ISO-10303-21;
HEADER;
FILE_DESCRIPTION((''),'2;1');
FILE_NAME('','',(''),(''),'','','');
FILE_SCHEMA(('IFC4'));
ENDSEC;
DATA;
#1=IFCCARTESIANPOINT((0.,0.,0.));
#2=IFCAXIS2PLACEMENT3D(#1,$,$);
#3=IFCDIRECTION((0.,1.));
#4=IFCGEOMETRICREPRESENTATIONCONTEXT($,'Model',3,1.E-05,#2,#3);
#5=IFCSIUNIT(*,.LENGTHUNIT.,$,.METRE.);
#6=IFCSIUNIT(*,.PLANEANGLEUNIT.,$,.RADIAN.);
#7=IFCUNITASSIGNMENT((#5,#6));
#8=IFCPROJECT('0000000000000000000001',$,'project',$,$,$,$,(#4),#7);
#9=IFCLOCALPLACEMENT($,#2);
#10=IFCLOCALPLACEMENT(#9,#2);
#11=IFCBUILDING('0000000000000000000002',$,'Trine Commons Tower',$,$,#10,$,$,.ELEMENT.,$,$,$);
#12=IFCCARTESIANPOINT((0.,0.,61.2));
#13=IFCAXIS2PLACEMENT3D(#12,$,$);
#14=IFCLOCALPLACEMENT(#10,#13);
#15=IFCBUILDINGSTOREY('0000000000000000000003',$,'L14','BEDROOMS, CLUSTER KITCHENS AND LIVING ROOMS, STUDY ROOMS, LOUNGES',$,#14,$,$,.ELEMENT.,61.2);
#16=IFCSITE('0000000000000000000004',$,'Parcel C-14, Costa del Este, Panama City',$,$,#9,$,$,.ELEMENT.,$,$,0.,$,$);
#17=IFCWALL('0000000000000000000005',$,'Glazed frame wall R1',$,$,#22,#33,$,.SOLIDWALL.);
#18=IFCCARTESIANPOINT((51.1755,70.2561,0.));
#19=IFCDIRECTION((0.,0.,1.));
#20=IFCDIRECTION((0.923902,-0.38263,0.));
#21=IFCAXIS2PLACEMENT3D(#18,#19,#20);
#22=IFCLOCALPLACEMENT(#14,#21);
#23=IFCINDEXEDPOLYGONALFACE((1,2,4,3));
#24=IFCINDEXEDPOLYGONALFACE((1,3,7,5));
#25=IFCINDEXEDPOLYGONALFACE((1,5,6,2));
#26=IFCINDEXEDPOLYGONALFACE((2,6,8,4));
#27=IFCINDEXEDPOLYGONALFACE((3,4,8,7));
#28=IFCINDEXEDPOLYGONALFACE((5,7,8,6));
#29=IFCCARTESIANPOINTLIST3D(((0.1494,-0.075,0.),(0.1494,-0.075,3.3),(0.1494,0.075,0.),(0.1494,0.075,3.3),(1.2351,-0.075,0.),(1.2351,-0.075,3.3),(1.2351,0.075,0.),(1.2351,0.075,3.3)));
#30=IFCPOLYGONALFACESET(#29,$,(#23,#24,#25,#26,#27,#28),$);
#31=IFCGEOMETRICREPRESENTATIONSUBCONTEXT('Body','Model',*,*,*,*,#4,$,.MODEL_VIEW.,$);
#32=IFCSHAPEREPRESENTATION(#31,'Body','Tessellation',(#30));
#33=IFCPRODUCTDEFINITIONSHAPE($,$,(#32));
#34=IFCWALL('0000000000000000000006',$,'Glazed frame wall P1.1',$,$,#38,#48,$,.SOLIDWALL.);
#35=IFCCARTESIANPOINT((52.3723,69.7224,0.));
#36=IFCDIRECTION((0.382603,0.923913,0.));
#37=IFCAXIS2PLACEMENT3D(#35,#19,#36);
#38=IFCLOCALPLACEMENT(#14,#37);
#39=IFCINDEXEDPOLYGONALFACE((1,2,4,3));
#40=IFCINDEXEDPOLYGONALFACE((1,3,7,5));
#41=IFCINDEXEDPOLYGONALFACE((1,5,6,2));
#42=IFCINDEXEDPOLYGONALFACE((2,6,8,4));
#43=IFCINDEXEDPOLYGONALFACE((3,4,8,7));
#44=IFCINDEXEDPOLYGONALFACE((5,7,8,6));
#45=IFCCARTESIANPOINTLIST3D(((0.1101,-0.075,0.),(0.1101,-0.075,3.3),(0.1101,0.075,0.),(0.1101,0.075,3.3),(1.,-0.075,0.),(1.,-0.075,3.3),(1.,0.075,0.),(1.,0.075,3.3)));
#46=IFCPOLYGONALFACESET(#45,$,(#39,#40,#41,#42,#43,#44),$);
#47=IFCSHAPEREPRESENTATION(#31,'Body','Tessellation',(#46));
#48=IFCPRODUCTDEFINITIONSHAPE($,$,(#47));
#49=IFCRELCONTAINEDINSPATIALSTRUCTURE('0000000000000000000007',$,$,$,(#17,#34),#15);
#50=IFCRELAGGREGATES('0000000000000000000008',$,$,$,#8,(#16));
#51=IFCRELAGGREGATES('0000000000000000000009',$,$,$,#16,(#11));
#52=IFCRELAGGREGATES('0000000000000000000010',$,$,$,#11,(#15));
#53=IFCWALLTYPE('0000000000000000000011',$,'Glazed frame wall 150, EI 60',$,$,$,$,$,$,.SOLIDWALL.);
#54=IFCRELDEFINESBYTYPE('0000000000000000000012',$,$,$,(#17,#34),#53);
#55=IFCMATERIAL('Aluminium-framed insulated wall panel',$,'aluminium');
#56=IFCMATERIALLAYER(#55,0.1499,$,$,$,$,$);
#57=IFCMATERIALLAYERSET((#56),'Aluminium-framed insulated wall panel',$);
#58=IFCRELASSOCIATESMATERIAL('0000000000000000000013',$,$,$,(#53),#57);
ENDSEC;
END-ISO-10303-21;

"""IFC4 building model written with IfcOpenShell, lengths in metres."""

from ifc_helpers import new_model, si_unit, direction, frame, origin, place, context, subcontext, project, spatial, polyline, outline, extrude, material, layer, layer_set, type_object, element, save


model = new_model("IFC4")

# Units and contexts
model_context = context("Model", 3, precision=1e-05, world=origin(), true_north=direction((0.0, 1.0)))
body_context = subcontext(model_context, "Body", "Model", "MODEL_VIEW")
ifc_project = project(units=[si_unit("LENGTHUNIT", "METRE"), si_unit("PLANEANGLEUNIT", "RADIAN")], contexts=[model_context])

# Site, building, storey
site_placement = place(None, origin())
site = spatial("IfcSite", under=ifc_project, at=site_placement, Name="Parcel C-14, Costa del Este, Panama City", CompositionType="ELEMENT", RefElevation=0.0)
building_placement = place(site_placement, origin())
building = spatial("IfcBuilding", under=site, at=building_placement, Name="Trine Commons Tower", CompositionType="ELEMENT")
storey_placement = place(building_placement, frame((0.0, 0.0, 61.2)))
storey = spatial("IfcBuildingStorey", under=building, at=storey_placement, Name="L14", Description="BEDROOMS, CLUSTER KITCHENS AND LIVING ROOMS, STUDY ROOMS, LOUNGES", CompositionType="ELEMENT", Elevation=61.2)

# Walls
ifc_material_1 = material(Name="Aluminium-framed insulated wall panel", Category="aluminium")
ifc_layer_1 = layer(ifc_material_1, 0.1499)
ifc_layer_set_1 = layer_set([ifc_layer_1], Name="Aluminium-framed insulated wall panel")
wall_type_1 = type_object("IfcWallType", Name="Glazed frame wall 150, EI 60", PredefinedType="SOLIDWALL", material=ifc_layer_set_1)
wall_1_placement = place(storey_placement, frame((51.1755, 70.2561, 0.0), z_axis=(0.0, 0.0, 1.0), x_axis=(0.923902, -0.38263, 0.0)))
element("IfcWall", 1, at=wall_1_placement, inside=storey, type_object=wall_type_1, Name="Glazed frame wall R1", PredefinedType="SOLIDWALL", context=body_context, shape_type="SweptSolid", body=[
    extrude(outline(polyline([(0.1494, 0.075), (0.1494, -0.075), (1.2351, -0.075), (1.2351, 0.075), (0.1494, 0.075)])), origin(), (0.0, 0.0, 1.0), 3.3),
])
wall_2_placement = place(storey_placement, frame((52.3723, 69.7224, 0.0), z_axis=(0.0, 0.0, 1.0), x_axis=(0.382603, 0.923913, 0.0)))
element("IfcWall", 2, at=wall_2_placement, inside=storey, type_object=wall_type_1, Name="Glazed frame wall P1.1", PredefinedType="SOLIDWALL", context=body_context, shape_type="SweptSolid", body=[
    extrude(outline(polyline([(0.1101, -0.075), (1.0, -0.075), (1.0, 0.075), (0.1101, 0.075), (0.1101, -0.075)])), origin(), (0.0, 0.0, 1.0), 3.3),
])

save(model, "model.ifc")
